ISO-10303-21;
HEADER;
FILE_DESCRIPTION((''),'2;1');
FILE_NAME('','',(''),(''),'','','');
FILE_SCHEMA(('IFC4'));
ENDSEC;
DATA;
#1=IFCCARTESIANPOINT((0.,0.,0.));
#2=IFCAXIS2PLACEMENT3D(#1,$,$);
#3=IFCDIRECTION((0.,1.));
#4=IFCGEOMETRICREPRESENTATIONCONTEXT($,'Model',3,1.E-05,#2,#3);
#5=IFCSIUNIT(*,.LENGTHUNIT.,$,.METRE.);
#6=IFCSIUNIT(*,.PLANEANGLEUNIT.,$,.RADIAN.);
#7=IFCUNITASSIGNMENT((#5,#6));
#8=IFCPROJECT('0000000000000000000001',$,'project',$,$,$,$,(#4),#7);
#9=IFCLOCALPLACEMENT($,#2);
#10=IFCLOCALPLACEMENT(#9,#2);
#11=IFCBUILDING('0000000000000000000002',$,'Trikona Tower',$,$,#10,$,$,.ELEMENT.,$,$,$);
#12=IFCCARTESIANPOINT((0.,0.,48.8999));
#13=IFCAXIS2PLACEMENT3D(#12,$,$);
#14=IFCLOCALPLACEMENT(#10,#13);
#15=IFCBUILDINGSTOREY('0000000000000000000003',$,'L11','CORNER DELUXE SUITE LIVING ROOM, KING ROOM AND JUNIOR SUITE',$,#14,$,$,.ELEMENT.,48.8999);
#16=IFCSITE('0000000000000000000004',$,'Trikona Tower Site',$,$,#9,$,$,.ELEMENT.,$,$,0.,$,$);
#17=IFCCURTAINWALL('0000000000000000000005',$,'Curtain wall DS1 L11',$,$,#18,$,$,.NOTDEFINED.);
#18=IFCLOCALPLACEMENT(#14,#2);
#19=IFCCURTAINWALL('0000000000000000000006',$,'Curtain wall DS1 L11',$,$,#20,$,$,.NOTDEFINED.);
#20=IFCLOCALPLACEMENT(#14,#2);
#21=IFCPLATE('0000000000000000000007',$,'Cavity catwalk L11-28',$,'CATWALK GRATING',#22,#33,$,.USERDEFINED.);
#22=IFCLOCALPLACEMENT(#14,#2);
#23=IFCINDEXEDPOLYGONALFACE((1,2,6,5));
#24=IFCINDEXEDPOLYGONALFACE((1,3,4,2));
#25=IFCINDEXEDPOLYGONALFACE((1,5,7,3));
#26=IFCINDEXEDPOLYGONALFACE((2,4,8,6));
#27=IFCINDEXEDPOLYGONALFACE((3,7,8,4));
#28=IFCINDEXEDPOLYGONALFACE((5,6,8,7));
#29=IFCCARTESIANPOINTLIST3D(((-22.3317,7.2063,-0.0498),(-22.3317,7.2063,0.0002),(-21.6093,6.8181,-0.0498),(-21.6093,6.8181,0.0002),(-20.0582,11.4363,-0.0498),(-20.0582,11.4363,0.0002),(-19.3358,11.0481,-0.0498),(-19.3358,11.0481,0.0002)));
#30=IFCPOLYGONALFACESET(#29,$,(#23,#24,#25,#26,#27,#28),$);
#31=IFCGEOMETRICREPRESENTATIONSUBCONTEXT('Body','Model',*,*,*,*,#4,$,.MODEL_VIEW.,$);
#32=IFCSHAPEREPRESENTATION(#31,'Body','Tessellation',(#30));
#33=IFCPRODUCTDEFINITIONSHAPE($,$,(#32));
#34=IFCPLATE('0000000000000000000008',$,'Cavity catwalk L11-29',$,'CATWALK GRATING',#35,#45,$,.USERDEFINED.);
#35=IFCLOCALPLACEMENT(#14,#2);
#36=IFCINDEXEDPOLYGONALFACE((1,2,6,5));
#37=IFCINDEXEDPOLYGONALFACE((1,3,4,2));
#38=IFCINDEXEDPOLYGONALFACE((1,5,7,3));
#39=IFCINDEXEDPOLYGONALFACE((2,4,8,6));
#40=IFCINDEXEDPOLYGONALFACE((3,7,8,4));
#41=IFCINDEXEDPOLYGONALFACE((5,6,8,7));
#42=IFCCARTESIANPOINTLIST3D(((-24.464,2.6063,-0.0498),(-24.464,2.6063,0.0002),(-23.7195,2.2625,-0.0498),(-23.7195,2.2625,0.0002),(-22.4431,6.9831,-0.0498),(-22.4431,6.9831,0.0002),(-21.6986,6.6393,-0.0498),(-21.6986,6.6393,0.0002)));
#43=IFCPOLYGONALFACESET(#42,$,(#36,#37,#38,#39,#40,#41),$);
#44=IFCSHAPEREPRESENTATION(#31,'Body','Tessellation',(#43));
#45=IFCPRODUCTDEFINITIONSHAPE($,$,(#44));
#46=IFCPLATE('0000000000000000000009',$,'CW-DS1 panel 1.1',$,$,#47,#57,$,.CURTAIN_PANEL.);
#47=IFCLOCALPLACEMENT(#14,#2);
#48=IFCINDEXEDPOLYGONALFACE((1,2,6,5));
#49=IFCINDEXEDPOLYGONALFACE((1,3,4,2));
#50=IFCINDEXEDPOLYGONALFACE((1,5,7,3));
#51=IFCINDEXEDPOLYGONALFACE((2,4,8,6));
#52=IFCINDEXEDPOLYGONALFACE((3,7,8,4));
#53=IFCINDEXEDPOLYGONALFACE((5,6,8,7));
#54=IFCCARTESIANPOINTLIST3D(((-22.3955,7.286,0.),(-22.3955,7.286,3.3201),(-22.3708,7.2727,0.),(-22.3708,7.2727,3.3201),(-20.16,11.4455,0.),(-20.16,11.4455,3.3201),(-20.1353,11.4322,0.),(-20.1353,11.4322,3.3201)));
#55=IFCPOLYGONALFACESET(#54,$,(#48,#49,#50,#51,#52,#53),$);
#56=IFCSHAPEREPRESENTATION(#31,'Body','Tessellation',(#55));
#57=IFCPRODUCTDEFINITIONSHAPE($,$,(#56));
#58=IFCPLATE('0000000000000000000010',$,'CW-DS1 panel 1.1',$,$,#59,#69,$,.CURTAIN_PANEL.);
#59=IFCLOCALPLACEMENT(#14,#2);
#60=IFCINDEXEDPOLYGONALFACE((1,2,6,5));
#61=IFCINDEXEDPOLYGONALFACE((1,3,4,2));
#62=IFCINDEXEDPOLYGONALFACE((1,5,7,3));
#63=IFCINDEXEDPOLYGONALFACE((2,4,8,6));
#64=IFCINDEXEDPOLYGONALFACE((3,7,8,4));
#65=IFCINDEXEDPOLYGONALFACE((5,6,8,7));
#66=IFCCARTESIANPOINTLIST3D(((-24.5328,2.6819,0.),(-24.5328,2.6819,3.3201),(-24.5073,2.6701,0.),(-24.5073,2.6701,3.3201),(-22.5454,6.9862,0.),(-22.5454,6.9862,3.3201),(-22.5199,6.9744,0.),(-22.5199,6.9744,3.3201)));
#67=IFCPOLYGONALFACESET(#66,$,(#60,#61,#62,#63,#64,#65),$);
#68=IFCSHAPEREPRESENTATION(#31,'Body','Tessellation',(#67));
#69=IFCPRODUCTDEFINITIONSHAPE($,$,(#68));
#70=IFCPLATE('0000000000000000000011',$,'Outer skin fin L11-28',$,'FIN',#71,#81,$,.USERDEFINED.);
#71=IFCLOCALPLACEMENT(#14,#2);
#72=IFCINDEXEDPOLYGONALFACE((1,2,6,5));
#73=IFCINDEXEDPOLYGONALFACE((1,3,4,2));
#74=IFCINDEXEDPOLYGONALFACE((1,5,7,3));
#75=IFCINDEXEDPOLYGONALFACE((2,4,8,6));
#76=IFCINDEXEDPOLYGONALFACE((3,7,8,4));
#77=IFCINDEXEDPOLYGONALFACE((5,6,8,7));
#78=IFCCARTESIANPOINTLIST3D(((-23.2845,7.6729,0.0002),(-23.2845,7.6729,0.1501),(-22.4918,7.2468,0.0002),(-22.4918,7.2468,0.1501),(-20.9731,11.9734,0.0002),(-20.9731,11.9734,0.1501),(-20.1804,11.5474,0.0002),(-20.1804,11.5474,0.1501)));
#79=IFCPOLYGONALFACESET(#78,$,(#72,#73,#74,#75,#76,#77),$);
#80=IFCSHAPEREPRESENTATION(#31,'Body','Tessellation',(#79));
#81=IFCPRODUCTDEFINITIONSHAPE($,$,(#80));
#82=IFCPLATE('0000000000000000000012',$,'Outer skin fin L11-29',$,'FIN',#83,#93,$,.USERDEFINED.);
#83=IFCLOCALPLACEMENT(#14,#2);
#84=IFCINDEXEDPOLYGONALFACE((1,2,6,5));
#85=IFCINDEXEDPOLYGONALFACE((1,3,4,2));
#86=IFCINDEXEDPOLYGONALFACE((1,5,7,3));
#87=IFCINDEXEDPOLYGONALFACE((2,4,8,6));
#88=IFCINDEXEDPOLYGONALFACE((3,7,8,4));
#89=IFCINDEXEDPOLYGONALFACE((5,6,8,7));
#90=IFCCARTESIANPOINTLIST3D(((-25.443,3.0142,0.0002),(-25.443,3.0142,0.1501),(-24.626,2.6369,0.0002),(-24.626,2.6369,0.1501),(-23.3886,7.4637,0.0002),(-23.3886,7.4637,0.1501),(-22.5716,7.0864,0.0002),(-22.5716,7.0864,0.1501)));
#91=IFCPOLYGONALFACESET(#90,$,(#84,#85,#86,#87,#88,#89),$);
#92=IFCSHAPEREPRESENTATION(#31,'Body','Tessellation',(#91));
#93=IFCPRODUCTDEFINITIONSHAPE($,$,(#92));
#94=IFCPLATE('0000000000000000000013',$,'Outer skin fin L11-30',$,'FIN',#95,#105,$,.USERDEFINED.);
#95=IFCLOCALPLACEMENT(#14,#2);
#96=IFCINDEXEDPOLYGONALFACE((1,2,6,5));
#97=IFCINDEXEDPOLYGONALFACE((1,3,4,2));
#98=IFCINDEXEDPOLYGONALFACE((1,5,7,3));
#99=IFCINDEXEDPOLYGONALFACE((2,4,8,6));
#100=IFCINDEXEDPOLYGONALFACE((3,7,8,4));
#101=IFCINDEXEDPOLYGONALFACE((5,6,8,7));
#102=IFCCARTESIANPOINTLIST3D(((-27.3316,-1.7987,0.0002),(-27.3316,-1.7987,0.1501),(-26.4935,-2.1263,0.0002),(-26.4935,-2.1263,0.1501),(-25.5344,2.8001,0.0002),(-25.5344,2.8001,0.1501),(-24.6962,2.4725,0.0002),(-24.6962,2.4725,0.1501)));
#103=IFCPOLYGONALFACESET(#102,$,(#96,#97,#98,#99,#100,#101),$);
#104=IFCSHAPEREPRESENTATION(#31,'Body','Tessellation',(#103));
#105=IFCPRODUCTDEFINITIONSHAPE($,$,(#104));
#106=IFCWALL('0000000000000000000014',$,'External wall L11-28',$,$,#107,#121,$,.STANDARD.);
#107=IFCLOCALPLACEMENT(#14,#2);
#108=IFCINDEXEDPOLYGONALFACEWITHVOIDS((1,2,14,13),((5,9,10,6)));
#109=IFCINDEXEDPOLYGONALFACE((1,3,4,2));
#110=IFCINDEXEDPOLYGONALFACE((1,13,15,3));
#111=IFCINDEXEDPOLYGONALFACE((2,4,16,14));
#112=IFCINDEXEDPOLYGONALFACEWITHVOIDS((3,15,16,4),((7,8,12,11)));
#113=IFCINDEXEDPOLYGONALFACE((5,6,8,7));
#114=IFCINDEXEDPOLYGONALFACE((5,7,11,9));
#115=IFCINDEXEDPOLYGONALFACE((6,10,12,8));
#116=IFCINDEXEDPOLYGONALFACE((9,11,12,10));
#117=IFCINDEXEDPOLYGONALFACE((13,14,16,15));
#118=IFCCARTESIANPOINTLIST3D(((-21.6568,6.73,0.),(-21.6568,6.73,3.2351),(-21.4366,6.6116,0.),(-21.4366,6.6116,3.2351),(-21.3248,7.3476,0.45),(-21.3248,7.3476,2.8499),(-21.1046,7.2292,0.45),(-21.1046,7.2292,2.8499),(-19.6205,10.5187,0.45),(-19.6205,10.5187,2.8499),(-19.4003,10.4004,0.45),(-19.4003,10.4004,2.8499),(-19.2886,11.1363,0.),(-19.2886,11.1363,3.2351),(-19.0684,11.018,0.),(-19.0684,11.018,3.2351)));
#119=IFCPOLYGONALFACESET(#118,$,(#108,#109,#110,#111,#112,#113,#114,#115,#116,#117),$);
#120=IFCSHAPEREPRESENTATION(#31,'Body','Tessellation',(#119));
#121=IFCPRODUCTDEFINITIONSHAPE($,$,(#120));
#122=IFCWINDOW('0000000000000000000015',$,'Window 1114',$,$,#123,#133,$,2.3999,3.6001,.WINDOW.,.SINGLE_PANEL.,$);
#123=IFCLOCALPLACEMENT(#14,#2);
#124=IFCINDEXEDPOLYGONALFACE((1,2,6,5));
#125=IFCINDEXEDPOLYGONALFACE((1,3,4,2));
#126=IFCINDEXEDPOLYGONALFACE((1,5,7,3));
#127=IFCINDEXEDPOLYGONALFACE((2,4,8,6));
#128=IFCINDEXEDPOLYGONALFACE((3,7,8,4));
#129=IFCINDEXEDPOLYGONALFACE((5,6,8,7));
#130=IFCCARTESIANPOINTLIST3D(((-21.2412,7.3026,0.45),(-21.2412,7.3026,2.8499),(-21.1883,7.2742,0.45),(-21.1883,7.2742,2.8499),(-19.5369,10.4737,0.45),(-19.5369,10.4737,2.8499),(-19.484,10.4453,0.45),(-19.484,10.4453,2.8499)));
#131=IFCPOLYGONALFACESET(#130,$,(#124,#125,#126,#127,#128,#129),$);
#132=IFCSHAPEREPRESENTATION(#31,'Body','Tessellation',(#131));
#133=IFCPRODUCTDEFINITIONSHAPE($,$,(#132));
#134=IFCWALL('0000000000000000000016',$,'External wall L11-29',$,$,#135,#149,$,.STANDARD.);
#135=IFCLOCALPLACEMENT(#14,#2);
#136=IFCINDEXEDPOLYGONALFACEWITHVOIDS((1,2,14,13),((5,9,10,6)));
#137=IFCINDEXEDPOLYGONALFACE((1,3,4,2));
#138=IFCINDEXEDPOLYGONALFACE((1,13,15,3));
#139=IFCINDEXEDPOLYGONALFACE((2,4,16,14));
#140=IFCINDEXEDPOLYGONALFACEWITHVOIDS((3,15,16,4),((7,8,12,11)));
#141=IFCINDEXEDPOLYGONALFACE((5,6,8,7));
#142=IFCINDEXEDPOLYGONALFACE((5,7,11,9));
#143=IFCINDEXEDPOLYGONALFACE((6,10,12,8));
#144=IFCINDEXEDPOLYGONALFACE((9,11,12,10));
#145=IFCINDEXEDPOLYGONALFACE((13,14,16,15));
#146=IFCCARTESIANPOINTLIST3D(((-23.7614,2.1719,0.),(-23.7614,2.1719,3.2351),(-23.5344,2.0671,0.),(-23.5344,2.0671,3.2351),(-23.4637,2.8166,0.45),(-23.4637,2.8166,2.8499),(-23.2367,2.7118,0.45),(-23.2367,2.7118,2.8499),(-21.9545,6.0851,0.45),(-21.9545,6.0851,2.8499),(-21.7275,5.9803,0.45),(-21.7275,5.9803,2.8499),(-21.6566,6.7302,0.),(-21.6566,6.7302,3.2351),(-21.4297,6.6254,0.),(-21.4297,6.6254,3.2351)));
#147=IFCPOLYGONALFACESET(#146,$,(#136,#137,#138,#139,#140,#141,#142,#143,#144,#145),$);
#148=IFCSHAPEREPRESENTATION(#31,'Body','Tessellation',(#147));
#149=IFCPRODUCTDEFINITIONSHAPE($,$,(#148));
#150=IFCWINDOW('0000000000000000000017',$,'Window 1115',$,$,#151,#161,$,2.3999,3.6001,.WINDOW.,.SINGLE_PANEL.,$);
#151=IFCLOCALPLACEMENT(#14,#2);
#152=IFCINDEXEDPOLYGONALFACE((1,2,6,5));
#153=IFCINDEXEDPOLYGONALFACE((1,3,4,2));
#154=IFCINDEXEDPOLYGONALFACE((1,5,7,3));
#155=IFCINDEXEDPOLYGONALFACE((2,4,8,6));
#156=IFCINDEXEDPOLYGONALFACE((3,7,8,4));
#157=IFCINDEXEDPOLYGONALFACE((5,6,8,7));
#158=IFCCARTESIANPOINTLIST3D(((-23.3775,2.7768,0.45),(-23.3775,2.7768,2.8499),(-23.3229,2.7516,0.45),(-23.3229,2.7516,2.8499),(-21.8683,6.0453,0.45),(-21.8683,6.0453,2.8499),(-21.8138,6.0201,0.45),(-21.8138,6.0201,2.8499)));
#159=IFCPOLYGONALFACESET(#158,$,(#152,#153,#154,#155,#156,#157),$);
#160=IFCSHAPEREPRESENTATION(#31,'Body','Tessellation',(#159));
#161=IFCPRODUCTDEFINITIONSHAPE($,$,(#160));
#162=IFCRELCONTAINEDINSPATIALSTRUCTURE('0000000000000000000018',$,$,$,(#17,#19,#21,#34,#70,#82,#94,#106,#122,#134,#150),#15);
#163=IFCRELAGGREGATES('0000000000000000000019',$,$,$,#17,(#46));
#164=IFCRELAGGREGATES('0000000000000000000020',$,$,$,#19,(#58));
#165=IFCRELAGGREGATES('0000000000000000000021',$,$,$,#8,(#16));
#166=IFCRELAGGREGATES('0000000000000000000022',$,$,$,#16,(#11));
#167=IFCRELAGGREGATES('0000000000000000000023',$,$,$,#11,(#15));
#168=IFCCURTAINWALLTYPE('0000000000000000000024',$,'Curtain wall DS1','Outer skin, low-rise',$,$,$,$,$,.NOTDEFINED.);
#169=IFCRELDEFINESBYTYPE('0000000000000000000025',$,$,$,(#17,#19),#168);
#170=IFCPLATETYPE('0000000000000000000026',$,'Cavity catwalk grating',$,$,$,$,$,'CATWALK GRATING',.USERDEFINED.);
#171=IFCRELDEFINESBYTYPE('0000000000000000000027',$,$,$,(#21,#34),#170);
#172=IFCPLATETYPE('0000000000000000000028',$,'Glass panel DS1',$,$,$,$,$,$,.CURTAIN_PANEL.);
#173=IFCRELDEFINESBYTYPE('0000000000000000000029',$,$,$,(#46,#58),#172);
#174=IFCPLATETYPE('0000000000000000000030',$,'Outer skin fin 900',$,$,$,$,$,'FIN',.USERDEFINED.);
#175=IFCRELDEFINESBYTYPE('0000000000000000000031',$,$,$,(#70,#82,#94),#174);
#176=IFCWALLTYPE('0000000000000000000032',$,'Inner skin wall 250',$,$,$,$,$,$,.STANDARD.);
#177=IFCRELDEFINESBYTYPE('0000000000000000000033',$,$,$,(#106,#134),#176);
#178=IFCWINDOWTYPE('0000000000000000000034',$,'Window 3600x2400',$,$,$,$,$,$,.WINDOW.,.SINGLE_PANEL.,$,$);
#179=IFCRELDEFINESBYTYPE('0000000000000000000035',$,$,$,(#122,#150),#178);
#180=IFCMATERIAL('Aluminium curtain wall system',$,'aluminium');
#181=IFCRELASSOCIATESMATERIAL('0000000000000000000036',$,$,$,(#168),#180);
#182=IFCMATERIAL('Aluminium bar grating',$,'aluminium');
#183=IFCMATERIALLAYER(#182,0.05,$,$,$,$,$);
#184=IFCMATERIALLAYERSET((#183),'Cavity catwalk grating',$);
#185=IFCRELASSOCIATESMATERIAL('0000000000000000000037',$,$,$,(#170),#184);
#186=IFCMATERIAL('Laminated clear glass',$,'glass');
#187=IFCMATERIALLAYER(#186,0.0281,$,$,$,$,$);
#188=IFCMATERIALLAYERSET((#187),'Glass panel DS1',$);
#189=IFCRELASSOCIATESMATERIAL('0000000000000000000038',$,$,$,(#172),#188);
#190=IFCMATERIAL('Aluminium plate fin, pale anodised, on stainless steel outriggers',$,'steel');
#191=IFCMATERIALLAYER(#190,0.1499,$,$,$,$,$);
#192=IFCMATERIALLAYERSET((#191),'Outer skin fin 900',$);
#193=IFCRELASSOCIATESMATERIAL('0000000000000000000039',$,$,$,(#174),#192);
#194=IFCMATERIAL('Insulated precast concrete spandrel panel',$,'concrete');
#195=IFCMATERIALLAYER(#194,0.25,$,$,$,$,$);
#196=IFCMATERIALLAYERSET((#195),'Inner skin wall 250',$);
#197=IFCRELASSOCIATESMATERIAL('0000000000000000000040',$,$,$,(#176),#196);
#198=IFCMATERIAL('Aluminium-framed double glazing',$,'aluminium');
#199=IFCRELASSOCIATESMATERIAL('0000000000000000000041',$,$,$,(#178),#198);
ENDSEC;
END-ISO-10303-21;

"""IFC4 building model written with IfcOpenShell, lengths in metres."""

from ifc_helpers import new_model, si_unit, direction, frame, frame_2d, origin, origin_2d, place, context, subcontext, project, spatial, rectangle, extrude, material, layer, layer_set, type_object, element, fill, aggregate, save


model = new_model("IFC4")

# Units and contexts
model_context = context("Model", 3, precision=1e-05, world=origin(), true_north=direction((0.0, 1.0)))
body_context = subcontext(model_context, "Body", "Model", "MODEL_VIEW")
ifc_project = project(units=[si_unit("LENGTHUNIT", "METRE"), si_unit("PLANEANGLEUNIT", "RADIAN")], contexts=[model_context])

# Site, building, storey
site_placement = place(None, origin())
site = spatial("IfcSite", under=ifc_project, at=site_placement, Name="Trikona Tower Site", CompositionType="ELEMENT", RefElevation=0.0)
building_placement = place(site_placement, origin())
building = spatial("IfcBuilding", under=site, at=building_placement, Name="Trikona Tower", CompositionType="ELEMENT")
storey_placement = place(building_placement, frame((0.0, 0.0, 48.8999)))
storey = spatial("IfcBuildingStorey", under=building, at=storey_placement, Name="L11", Description="CORNER DELUXE SUITE LIVING ROOM, KING ROOM AND JUNIOR SUITE", CompositionType="ELEMENT", Elevation=48.8999)

# Shared definitions
ifc_material_1 = material(Name="Aluminium curtain wall system", Category="aluminium")
curtain_wall_type = type_object("IfcCurtainWallType", Name="Curtain wall DS1", Description="Outer skin, low-rise", PredefinedType="NOTDEFINED", material=ifc_material_1)

# Curtain walls
curtain_wall_1_placement = place(storey_placement, origin())
curtain_wall_1 = element("IfcCurtainWall", 1, at=curtain_wall_1_placement, inside=storey, type_object=curtain_wall_type, Name="Curtain wall DS1 L11", PredefinedType="NOTDEFINED")
curtain_wall_2_placement = place(storey_placement, origin())
curtain_wall_2 = element("IfcCurtainWall", 2, at=curtain_wall_2_placement, inside=storey, type_object=curtain_wall_type, Name="Curtain wall DS1 L11", PredefinedType="NOTDEFINED")

# Plates
ifc_material_2 = material(Name="Aluminium bar grating", Category="aluminium")
ifc_layer_1 = layer(ifc_material_2, 0.05)
ifc_layer_set_1 = layer_set([ifc_layer_1], Name="Cavity catwalk grating")
plate_type_1 = type_object("IfcPlateType", Name="Cavity catwalk grating", ElementType="CATWALK GRATING", PredefinedType="USERDEFINED", material=ifc_layer_set_1)
for number, where, z_axis, x_axis, name in (
    (3, (-20.8337, 9.1272, -0.0498), (0.0, 0.0, 1.0), (-0.473423, -0.880835, 0.0), "Cavity catwalk L11-28"),
):
    element("IfcPlate", number, at=place(storey_placement, frame(where, z_axis=z_axis, x_axis=x_axis)), inside=storey, type_object=plate_type_1, Name=name, ObjectType="CATWALK GRATING", PredefinedType="USERDEFINED", context=body_context, shape_type="SweptSolid", body=[
        extrude(rectangle(XDim=4.8022, YDim=0.8201, at=origin_2d()), origin(), (0.0, 0.0, 1.0), 0.05),
    ])
plate_1_placement = place(storey_placement, frame((-23.0813, 4.6228, -0.0498), z_axis=(0.0, 0.0, 1.0), x_axis=(-0.419194, -0.907897, 0.0)))
element("IfcPlate", 4, at=plate_1_placement, inside=storey, type_object=plate_type_1, Name="Cavity catwalk L11-29", ObjectType="CATWALK GRATING", PredefinedType="USERDEFINED", context=body_context, shape_type="SweptSolid", body=[
    extrude(rectangle(XDim=4.8208, YDim=0.8201, at=origin_2d()), origin(), (0.0, 0.0, 1.0), 0.05),
])

# Plates
ifc_material_3 = material(Name="Laminated clear glass", Category="glass")
ifc_layer_2 = layer(ifc_material_3, 0.0281)
ifc_layer_set_2 = layer_set([ifc_layer_2], Name="Glass panel DS1")
plate_type_2 = type_object("IfcPlateType", Name="Glass panel DS1", PredefinedType="CURTAIN_PANEL", material=ifc_layer_set_2)
plate_2_placement = place(storey_placement, frame((-21.2654, 9.3591, 0.0), z_axis=(0.0, 0.0, 1.0), x_axis=(-0.473408, -0.880843, 0.0)))
plate_2 = element("IfcPlate", 5, at=plate_2_placement, type_object=plate_type_2, Name="CW-DS1 panel 1.1", PredefinedType="CURTAIN_PANEL", context=body_context, shape_type="SweptSolid", body=[
    extrude(rectangle(XDim=4.7222, YDim=0.0281, at=origin_2d()), origin(), (0.0, 0.0, 1.0), 3.3201),
])
aggregate(curtain_wall_1, [plate_2])
plate_3_placement = place(storey_placement, frame((-23.5264, 4.8281, 0.0), z_axis=(0.0, 0.0, 1.0), x_axis=(-0.41919, -0.907898, 0.0)))
plate_3 = element("IfcPlate", 6, at=plate_3_placement, type_object=plate_type_2, Name="CW-DS1 panel 1.1", PredefinedType="CURTAIN_PANEL", context=body_context, shape_type="SweptSolid", body=[
    extrude(rectangle(XDim=4.741, YDim=0.0281, at=origin_2d()), origin(), (0.0, 0.0, 1.0), 3.3201),
])
aggregate(curtain_wall_2, [plate_3])

# Plates
ifc_material_4 = material(Name="Aluminium plate fin, pale anodised, on stainless steel outriggers", Category="steel")
ifc_layer_3 = layer(ifc_material_4, 0.1499)
ifc_layer_set_3 = layer_set([ifc_layer_3], Name="Outer skin fin 900")
plate_type_3 = type_object("IfcPlateType", Name="Outer skin fin 900", ElementType="FIN", PredefinedType="USERDEFINED", material=ifc_layer_set_3)
plate_4_placement = place(storey_placement, frame((-21.7324, 9.6101, 0.0002), z_axis=(0.0, 0.0, 1.0), x_axis=(-0.473423, -0.880835, 0.0)))
element("IfcPlate", 7, at=plate_4_placement, inside=storey, type_object=plate_type_3, Name="Outer skin fin L11-28", ObjectType="FIN", PredefinedType="USERDEFINED", context=body_context, shape_type="SweptSolid", body=[
    extrude(rectangle(XDim=4.8823, YDim=0.8999, at=origin_2d()), origin(), (0.0, 0.0, 1.0), 0.1499),
])
plate_5_placement = place(storey_placement, frame((-24.0073, 5.0503, 0.0002), z_axis=(0.0, 0.0, 1.0), x_axis=(-0.419194, -0.907897, 0.0)))
element("IfcPlate", 8, at=plate_5_placement, inside=storey, type_object=plate_type_3, Name="Outer skin fin L11-29", ObjectType="FIN", PredefinedType="USERDEFINED", context=body_context, shape_type="SweptSolid", body=[
    extrude(rectangle(XDim=4.9009, YDim=0.8999, at=origin_2d()), origin(), (0.0, 0.0, 1.0), 0.1499),
])
plate_6_placement = place(storey_placement, frame((-26.0139, 0.3369, 0.0002), z_axis=(0.0, 0.0, 1.0), x_axis=(-0.364009, -0.931395, 0.0)))
element("IfcPlate", 9, at=plate_6_placement, inside=storey, type_object=plate_type_3, Name="Outer skin fin L11-30", ObjectType="FIN", PredefinedType="USERDEFINED", context=body_context, shape_type="SweptSolid", body=[
    extrude(rectangle(XDim=4.9375, YDim=0.8999, at=origin_2d()), origin(), (0.0, 0.0, 1.0), 0.1499),
])

# Walls, openings, windows
ifc_material_5 = material(Name="Insulated precast concrete spandrel panel", Category="concrete")
ifc_layer_4 = layer(ifc_material_5, 0.25)
ifc_layer_set_4 = layer_set([ifc_layer_4], Name="Inner skin wall 250")
wall_type = type_object("IfcWallType", Name="Inner skin wall 250", PredefinedType="STANDARD", material=ifc_layer_set_4)
wall_1_placement = place(storey_placement, frame((-19.1785, 11.0771, 0.0), z_axis=(0.0, 0.0, 1.0), x_axis=(-0.473413, -0.880841, 0.0)))
wall_1 = element("IfcWall", 10, at=wall_1_placement, inside=storey, type_object=wall_type, Name="External wall L11-28", PredefinedType="STANDARD", context=body_context, shape_type="SweptSolid", body=[
    extrude(rectangle(XDim=5.0024, YDim=0.25, at=frame_2d((2.5012, 0.0))), origin(), (0.0, 0.0, 1.0), 3.2351),
])
opening_1_placement = place(wall_1_placement, frame((0.7012, 0.0, 0.45)))
opening_1 = element("IfcOpeningElement", 11, at=opening_1_placement, cuts=wall_1, PredefinedType="OPENING", context=body_context, shape_type="SweptSolid", body=[
    extrude(rectangle(XDim=3.6001, YDim=2.3999, at=frame_2d((1.8, 1.2))), frame((0.0, 0.135, 0.0), z_axis=(0.0, -1.0, 0.0), x_axis=(1.0, 0.0, 0.0)), (0.0, 0.0, 1.0), 0.27),
])
ifc_material_6 = material(Name="Aluminium-framed double glazing", Category="aluminium")
window_type = type_object("IfcWindowType", Name="Window 3600x2400", PartitioningType="SINGLE_PANEL", PredefinedType="WINDOW", material=ifc_material_6)
window_1_placement = place(opening_1_placement, origin())
window_1 = element("IfcWindow", 12, at=window_1_placement, inside=storey, type_object=window_type, Name="Window 1114", OverallHeight=2.3999, OverallWidth=3.6001, PartitioningType="SINGLE_PANEL", PredefinedType="WINDOW", context=body_context, shape_type="SweptSolid", body=[
    extrude(rectangle(XDim=3.6001, YDim=2.3999, at=frame_2d((1.8, 1.2))), frame((0.0, 0.03, 0.0), z_axis=(0.0, -1.0, 0.0), x_axis=(1.0, 0.0, 0.0)), (0.0, 0.0, 1.0), 0.0601),
])
fill(opening_1, window_1)
wall_2_placement = place(storey_placement, frame((-21.5432, 6.6777, 0.0), z_axis=(0.0, 0.0, 1.0), x_axis=(-0.419203, -0.907892, 0.0)))
wall_2 = element("IfcWall", 13, at=wall_2_placement, inside=storey, type_object=wall_type, Name="External wall L11-29", PredefinedType="STANDARD", context=body_context, shape_type="SweptSolid", body=[
    extrude(rectangle(XDim=5.0208, YDim=0.25, at=frame_2d((2.5103, 0.0))), origin(), (0.0, 0.0, 1.0), 3.2351),
])
opening_2_placement = place(wall_2_placement, frame((0.7104, 0.0, 0.45)))
opening_2 = element("IfcOpeningElement", 14, at=opening_2_placement, cuts=wall_2, PredefinedType="OPENING", context=body_context, shape_type="SweptSolid", body=[
    extrude(rectangle(XDim=3.6001, YDim=2.3999, at=frame_2d((1.8, 1.2))), frame((0.0, 0.135, 0.0), z_axis=(0.0, -1.0, 0.0), x_axis=(1.0, 0.0, 0.0)), (0.0, 0.0, 1.0), 0.27),
])
window_2_placement = place(opening_2_placement, origin())
window_2 = element("IfcWindow", 15, at=window_2_placement, inside=storey, type_object=window_type, Name="Window 1115", OverallHeight=2.3999, OverallWidth=3.6001, PartitioningType="SINGLE_PANEL", PredefinedType="WINDOW", context=body_context, shape_type="SweptSolid", body=[
    extrude(rectangle(XDim=3.6001, YDim=2.3999, at=frame_2d((1.8, 1.2))), frame((0.0, 0.03, 0.0), z_axis=(0.0, -1.0, 0.0), x_axis=(1.0, 0.0, 0.0)), (0.0, 0.0, 1.0), 0.0601),
])
fill(opening_2, window_2)

save(model, "model.ifc")
